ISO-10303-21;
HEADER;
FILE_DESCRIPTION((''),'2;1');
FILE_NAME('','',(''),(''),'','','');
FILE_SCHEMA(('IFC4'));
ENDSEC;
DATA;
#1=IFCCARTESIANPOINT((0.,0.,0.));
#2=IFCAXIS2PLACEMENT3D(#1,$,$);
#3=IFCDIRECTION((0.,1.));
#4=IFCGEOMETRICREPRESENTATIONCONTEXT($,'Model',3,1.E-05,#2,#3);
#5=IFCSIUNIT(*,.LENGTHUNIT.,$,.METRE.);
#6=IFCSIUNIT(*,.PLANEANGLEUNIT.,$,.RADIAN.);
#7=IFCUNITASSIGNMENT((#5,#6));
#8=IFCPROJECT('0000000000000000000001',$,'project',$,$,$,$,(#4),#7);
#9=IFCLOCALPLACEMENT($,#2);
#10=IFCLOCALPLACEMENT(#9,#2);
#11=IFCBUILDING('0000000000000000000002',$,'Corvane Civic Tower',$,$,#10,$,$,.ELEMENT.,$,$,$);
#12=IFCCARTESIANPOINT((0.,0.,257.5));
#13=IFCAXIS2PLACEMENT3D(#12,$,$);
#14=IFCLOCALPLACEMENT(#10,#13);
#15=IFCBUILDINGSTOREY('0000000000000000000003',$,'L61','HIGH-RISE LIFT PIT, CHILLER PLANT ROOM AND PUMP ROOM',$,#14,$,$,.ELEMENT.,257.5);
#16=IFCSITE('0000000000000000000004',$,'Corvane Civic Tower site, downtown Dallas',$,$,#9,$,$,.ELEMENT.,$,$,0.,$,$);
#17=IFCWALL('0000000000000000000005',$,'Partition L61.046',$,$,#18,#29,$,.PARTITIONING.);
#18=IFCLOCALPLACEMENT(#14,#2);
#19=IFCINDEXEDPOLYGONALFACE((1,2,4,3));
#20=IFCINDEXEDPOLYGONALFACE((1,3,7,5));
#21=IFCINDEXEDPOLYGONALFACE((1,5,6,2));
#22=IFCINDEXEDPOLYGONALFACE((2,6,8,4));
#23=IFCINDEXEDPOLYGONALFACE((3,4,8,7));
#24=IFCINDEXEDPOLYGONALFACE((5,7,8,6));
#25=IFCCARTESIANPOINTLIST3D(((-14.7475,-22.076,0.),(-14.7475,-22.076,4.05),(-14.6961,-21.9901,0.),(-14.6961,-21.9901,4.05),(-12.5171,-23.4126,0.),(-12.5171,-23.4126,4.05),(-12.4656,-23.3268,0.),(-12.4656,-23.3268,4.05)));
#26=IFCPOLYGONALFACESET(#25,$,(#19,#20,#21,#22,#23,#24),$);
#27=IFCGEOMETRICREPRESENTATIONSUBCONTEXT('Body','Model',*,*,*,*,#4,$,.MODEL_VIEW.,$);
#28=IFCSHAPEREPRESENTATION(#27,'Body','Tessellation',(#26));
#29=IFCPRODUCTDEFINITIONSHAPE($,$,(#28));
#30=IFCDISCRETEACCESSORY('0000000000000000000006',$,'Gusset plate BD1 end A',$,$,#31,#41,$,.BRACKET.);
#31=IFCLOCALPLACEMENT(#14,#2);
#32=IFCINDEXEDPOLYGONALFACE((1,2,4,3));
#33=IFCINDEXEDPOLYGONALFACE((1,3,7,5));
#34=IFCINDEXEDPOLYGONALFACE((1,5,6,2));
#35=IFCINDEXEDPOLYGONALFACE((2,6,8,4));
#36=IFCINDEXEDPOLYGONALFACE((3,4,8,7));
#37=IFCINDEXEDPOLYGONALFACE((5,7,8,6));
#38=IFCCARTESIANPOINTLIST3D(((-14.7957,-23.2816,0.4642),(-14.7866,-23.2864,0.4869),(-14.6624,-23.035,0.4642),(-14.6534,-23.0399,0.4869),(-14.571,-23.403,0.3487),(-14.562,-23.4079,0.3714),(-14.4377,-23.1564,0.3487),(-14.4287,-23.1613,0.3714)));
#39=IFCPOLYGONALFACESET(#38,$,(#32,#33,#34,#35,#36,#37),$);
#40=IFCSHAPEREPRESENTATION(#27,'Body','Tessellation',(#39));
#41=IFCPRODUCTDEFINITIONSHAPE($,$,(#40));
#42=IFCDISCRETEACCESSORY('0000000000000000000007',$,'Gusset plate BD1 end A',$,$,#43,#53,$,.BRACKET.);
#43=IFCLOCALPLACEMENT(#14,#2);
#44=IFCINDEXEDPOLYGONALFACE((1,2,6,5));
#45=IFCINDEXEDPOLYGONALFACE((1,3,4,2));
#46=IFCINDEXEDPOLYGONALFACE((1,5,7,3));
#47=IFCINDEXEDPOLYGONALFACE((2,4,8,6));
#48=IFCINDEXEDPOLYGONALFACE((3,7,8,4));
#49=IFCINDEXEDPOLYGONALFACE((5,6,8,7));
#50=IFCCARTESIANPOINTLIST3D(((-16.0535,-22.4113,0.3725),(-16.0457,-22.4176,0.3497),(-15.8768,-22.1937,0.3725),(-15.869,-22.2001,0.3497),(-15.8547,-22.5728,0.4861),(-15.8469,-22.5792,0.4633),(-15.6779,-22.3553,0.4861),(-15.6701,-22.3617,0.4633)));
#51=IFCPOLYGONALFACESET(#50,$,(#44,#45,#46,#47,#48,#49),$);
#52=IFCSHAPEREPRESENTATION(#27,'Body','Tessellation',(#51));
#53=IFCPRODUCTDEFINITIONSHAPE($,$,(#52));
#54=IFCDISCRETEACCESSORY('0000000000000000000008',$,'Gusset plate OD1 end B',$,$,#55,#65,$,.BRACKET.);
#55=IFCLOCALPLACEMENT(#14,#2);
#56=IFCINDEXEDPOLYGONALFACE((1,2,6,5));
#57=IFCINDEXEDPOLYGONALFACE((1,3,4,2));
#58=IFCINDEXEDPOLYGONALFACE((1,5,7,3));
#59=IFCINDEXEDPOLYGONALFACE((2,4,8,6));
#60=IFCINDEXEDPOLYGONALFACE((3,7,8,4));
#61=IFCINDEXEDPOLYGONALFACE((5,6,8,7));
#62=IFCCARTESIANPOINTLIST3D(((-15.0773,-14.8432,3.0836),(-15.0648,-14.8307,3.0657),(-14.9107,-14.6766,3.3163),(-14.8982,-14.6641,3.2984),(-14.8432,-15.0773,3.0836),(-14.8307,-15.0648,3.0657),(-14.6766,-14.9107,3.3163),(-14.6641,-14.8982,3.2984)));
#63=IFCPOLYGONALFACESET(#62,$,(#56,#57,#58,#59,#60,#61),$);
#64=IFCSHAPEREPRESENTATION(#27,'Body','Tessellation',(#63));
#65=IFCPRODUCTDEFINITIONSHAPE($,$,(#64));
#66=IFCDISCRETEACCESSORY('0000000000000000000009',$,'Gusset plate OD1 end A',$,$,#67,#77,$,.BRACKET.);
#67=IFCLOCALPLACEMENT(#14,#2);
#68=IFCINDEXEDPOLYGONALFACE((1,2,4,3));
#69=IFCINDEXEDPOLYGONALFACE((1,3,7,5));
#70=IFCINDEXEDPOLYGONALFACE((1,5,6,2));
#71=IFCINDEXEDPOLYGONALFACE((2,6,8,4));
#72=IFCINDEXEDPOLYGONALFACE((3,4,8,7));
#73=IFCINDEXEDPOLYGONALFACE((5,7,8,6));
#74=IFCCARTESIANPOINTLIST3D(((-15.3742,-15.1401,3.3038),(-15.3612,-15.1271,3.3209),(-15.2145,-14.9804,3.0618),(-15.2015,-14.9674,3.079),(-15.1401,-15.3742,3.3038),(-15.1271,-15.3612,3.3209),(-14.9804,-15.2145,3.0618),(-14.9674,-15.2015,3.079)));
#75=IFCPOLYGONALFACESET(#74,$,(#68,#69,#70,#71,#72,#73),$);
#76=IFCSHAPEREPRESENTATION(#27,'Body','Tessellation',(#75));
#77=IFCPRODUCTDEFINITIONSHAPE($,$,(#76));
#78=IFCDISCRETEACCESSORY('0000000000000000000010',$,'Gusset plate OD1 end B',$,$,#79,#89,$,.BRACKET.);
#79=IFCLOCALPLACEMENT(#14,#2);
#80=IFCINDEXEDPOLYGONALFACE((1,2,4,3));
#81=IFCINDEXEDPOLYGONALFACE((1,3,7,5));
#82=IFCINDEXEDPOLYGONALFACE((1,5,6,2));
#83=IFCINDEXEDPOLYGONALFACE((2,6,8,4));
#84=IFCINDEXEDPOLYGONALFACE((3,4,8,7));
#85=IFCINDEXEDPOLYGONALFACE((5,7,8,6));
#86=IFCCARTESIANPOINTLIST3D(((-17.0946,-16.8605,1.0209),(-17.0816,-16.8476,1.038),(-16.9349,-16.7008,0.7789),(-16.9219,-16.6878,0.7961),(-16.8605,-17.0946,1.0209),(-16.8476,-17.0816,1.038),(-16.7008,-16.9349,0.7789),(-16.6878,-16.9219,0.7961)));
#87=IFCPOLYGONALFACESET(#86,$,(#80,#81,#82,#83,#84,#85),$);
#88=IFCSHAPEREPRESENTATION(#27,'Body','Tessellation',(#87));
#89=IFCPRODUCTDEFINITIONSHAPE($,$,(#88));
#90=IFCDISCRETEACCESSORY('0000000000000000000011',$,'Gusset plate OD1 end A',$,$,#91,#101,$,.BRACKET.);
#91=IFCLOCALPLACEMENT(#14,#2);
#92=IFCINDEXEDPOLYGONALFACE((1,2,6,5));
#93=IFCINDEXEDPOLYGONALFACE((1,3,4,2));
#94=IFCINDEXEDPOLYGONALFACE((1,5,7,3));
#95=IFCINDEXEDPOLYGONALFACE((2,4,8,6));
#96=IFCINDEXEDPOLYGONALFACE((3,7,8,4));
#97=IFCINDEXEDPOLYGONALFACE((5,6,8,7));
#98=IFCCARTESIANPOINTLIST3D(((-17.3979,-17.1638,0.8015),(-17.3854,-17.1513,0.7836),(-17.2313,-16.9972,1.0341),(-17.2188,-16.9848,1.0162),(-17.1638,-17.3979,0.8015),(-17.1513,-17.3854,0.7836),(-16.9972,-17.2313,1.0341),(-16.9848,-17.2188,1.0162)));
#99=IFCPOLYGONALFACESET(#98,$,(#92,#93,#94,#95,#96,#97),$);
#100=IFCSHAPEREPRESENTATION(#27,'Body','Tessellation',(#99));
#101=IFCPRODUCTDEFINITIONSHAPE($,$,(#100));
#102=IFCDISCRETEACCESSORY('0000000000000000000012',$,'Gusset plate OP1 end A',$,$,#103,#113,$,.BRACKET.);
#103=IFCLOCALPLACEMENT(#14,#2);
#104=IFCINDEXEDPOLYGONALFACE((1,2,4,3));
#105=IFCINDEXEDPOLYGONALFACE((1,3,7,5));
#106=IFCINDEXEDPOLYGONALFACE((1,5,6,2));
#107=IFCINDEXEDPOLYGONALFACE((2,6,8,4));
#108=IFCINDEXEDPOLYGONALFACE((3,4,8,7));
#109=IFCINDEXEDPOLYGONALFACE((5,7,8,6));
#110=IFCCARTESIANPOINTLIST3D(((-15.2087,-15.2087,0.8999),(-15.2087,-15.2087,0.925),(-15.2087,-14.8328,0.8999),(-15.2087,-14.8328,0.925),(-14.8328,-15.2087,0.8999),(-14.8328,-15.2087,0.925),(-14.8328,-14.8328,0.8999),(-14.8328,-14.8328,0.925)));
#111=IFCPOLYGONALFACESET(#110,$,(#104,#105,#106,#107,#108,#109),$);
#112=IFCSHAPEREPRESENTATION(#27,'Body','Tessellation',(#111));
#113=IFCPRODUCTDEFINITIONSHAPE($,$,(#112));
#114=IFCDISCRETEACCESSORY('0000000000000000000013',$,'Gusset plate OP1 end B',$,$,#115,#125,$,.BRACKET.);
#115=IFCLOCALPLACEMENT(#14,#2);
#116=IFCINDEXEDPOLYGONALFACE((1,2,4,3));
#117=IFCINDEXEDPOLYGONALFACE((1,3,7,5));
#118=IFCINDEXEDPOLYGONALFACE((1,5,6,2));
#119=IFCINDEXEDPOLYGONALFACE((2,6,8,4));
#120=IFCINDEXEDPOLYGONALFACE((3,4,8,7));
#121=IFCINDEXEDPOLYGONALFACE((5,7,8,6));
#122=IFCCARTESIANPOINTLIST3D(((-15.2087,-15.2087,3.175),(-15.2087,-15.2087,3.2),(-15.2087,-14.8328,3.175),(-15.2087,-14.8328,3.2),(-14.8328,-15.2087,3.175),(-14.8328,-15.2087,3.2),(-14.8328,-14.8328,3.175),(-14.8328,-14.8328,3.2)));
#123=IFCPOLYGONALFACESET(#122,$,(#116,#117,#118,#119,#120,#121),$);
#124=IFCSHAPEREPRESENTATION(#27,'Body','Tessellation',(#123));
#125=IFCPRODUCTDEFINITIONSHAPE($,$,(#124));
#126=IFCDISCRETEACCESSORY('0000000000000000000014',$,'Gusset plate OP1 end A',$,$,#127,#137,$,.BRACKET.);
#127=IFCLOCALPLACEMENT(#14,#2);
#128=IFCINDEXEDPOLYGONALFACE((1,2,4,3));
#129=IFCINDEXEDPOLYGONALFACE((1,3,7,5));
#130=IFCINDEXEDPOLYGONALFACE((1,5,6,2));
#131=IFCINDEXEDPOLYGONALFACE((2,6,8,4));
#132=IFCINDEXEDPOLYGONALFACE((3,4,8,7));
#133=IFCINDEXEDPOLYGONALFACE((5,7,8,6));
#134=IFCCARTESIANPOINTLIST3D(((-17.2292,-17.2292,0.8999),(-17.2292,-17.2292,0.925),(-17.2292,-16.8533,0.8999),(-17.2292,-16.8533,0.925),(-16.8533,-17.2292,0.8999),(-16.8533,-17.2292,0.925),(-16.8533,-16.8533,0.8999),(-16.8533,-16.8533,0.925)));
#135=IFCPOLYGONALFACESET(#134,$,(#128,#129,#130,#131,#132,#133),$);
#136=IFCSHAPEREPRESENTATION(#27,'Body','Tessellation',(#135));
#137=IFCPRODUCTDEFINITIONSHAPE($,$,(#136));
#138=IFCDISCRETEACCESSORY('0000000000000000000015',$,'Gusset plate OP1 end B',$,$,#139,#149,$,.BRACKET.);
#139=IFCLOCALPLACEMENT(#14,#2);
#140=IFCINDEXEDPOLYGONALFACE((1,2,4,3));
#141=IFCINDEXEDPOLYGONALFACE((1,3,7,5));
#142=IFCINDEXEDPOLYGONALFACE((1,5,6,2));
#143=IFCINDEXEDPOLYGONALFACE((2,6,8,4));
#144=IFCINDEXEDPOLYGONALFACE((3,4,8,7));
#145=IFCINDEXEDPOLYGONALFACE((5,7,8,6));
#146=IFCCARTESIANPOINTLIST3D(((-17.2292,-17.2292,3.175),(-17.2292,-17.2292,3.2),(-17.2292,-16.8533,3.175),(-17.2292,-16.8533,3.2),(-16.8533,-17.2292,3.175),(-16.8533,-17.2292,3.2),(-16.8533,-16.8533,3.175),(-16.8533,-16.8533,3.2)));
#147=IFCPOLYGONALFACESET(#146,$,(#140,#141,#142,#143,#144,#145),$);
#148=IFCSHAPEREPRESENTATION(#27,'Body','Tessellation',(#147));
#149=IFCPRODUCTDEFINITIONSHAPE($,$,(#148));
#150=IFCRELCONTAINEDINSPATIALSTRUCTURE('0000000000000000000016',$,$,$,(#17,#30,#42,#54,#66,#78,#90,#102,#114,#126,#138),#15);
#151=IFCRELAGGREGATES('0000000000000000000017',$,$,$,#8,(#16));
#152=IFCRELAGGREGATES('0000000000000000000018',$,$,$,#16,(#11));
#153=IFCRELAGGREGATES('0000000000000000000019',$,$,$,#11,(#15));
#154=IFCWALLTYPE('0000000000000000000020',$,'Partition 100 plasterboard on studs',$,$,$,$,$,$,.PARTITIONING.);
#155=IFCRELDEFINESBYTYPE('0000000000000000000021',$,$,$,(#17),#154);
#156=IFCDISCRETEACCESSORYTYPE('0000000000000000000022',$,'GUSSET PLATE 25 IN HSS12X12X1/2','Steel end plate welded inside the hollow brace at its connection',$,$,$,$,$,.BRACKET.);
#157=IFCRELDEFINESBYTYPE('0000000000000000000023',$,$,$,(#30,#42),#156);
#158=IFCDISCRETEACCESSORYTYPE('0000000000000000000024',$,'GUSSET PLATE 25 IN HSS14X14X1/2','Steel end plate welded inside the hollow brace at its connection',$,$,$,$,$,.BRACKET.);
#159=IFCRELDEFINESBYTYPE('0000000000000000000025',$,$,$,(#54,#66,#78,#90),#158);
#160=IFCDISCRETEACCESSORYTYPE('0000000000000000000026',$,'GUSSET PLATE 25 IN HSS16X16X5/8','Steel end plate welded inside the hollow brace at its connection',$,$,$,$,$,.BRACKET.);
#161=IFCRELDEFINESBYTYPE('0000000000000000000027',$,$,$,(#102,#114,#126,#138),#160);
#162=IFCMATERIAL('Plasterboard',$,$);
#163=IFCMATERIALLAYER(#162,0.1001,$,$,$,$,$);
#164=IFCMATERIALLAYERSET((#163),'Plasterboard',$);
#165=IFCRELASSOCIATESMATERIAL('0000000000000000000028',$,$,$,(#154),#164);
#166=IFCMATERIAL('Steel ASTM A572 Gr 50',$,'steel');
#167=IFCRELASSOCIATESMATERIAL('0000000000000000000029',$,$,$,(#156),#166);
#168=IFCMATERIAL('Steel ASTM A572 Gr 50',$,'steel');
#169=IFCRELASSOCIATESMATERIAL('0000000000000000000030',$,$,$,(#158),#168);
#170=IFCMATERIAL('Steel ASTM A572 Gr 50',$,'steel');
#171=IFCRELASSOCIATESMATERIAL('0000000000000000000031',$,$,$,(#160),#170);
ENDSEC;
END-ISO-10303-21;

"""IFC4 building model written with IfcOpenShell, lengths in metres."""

from ifc_helpers import new_model, si_unit, direction, frame, frame_2d, origin, origin_2d, place, context, subcontext, project, spatial, rectangle, extrude, material, layer, layer_set, material_profile, profile_set, type_object, element, save


model = new_model("IFC4")

# Units and contexts
model_context = context("Model", 3, precision=1e-05, world=origin(), true_north=direction((0.0, 1.0)))
body_context = subcontext(model_context, "Body", "Model", "MODEL_VIEW")
ifc_project = project(units=[si_unit("LENGTHUNIT", "METRE"), si_unit("PLANEANGLEUNIT", "RADIAN")], contexts=[model_context])

# Site, building, storey
site_placement = place(None, origin())
site = spatial("IfcSite", under=ifc_project, at=site_placement, Name="Corvane Civic Tower site, downtown Dallas", CompositionType="ELEMENT", RefElevation=0.0)
building_placement = place(site_placement, origin())
building = spatial("IfcBuilding", under=site, at=building_placement, Name="Corvane Civic Tower", CompositionType="ELEMENT")
storey_placement = place(building_placement, frame((0.0, 0.0, 257.5)))
storey = spatial("IfcBuildingStorey", under=building, at=storey_placement, Name="L61", Description="HIGH-RISE LIFT PIT, CHILLER PLANT ROOM AND PUMP ROOM", CompositionType="ELEMENT", Elevation=257.5)

# Wall
ifc_material_1 = material(Name="Plasterboard")
ifc_layer = layer(ifc_material_1, 0.1001)
ifc_layer_set = layer_set([ifc_layer], Name="Plasterboard")
wall_type = type_object("IfcWallType", Name="Partition 100 plasterboard on studs", PredefinedType="PARTITIONING", material=ifc_layer_set)
for number, where, z_axis, x_axis, name in (
    (1, (-14.7219, -22.033, 0.0), (0.0, 0.0, 1.0), (0.857766, -0.51404, 0.0), "Partition L61.046"),
):
    element("IfcWall", number, at=place(storey_placement, frame(where, z_axis=z_axis, x_axis=x_axis)), inside=storey, type_object=wall_type, Name=name, PredefinedType="PARTITIONING", context=body_context, shape_type="SweptSolid", body=[
        extrude(rectangle(XDim=2.6003, YDim=0.1001, at=frame_2d((1.3003, 0.0))), origin(), (0.0, 0.0, 1.0), 4.05),
    ])

# Discrete accessories
ifc_material_2 = material(Name="Steel ASTM A572 Gr 50", Category="steel")
ifc_material_profile_1 = material_profile(ifc_material_2, rectangle(XDim=0.2803, YDim=0.2803, at=origin_2d()), Name="GUSSET PLATE 25 IN HSS12X12X1/2")
ifc_profile_set_1 = profile_set([ifc_material_profile_1], Name="Steel ASTM A572 Gr 50")
discrete_accessory_type_1 = type_object("IfcDiscreteAccessoryType", Name="GUSSET PLATE 25 IN HSS12X12X1/2", Description="Steel end plate welded inside the hollow brace at its connection", PredefinedType="BRACKET", material=ifc_profile_set_1)
for number, where, z_axis, x_axis, name in (
    (2, (-14.6167, -23.219, 0.4065), (0.362501, -0.195947, 0.911152), (0.475517, 0.879707, 0.0), "Gusset plate BD1 end A"),
    (3, (-15.8579, -22.3896, 0.4065), (-0.314558, 0.255578, 0.914184), (-0.630593, -0.776114, 0.0), "Gusset plate BD1 end A"),
):
    element("IfcDiscreteAccessory", number, at=place(storey_placement, frame(where, z_axis=z_axis, x_axis=x_axis)), inside=storey, type_object=discrete_accessory_type_1, Name=name, PredefinedType="BRACKET", context=body_context, shape_type="SweptSolid", body=[
        extrude(rectangle(XDim=0.2803, YDim=0.2803, at=origin_2d()), origin(), (0.0, 0.0, 1.0), 0.0249),
    ])
ifc_material_3 = material(Name="Steel ASTM A572 Gr 50", Category="steel")
ifc_material_profile_2 = material_profile(ifc_material_3, rectangle(XDim=0.3311, YDim=0.3311, at=origin_2d()), Name="GUSSET PLATE 25 IN HSS14X14X1/2")
ifc_profile_set_2 = profile_set([ifc_material_profile_2], Name="Steel ASTM A572 Gr 50")
discrete_accessory_type_2 = type_object("IfcDiscreteAccessoryType", Name="GUSSET PLATE 25 IN HSS14X14X1/2", Description="Steel end plate welded inside the hollow brace at its connection", PredefinedType="BRACKET", material=ifc_profile_set_2)
for number, where, z_axis, x_axis, name in (
    (4, (-14.877, -14.877, 3.2), (0.496976, 0.496976, -0.711358), (-0.707107, 0.707107, 0.0), "Gusset plate OD1 end B"),
    (5, (-15.1643, -15.1643, 3.2), (-0.516784, -0.516784, -0.682545), (0.707107, -0.707107, 0.0), "Gusset plate OD1 end A"),
    (6, (-16.8977, -16.8977, 0.8999), (0.516784, 0.516784, 0.682545), (-0.707107, 0.707107, 0.0), "Gusset plate OD1 end B"),
    (7, (-17.1851, -17.1851, 0.8999), (-0.496976, -0.496976, 0.711358), (0.707107, -0.707107, 0.0), "Gusset plate OD1 end A"),
):
    element("IfcDiscreteAccessory", number, at=place(storey_placement, frame(where, z_axis=z_axis, x_axis=x_axis)), inside=storey, type_object=discrete_accessory_type_2, Name=name, PredefinedType="BRACKET", context=body_context, shape_type="SweptSolid", body=[
        extrude(rectangle(XDim=0.3311, YDim=0.3311, at=origin_2d()), origin(), (0.0, 0.0, 1.0), 0.0251),
    ])
ifc_material_4 = material(Name="Steel ASTM A572 Gr 50", Category="steel")
ifc_material_profile_3 = material_profile(ifc_material_4, rectangle(XDim=0.376, YDim=0.376, at=origin_2d()), Name="GUSSET PLATE 25 IN HSS16X16X5/8")
ifc_profile_set_3 = profile_set([ifc_material_profile_3], Name="Steel ASTM A572 Gr 50")
discrete_accessory_type_3 = type_object("IfcDiscreteAccessoryType", Name="GUSSET PLATE 25 IN HSS16X16X5/8", Description="Steel end plate welded inside the hollow brace at its connection", PredefinedType="BRACKET", material=ifc_profile_set_3)
discrete_accessory_1_placement = place(storey_placement, frame((-15.0208, -15.0208, 0.8999), z_axis=(0.0, 0.0, 1.0), x_axis=(1.0, 0.0, 0.0)))
element("IfcDiscreteAccessory", 8, at=discrete_accessory_1_placement, inside=storey, type_object=discrete_accessory_type_3, Name="Gusset plate OP1 end A", PredefinedType="BRACKET", context=body_context, shape_type="SweptSolid", body=[
    extrude(rectangle(XDim=0.376, YDim=0.376, at=origin_2d()), origin(), (0.0, 0.0, 1.0), 0.0251),
])
discrete_accessory_2_placement = place(storey_placement, frame((-15.0208, -15.0208, 3.2), z_axis=(0.0, 0.0, -1.0), x_axis=(1.0, 0.0, 0.0)))
element("IfcDiscreteAccessory", 9, at=discrete_accessory_2_placement, inside=storey, type_object=discrete_accessory_type_3, Name="Gusset plate OP1 end B", PredefinedType="BRACKET", context=body_context, shape_type="SweptSolid", body=[
    extrude(rectangle(XDim=0.376, YDim=0.376, at=origin_2d()), origin(), (0.0, 0.0, 1.0), 0.0249),
])
discrete_accessory_3_placement = place(storey_placement, frame((-17.0413, -17.0413, 0.8999), z_axis=(0.0, 0.0, 1.0), x_axis=(1.0, 0.0, 0.0)))
element("IfcDiscreteAccessory", 10, at=discrete_accessory_3_placement, inside=storey, type_object=discrete_accessory_type_3, Name="Gusset plate OP1 end A", PredefinedType="BRACKET", context=body_context, shape_type="SweptSolid", body=[
    extrude(rectangle(XDim=0.376, YDim=0.376, at=origin_2d()), origin(), (0.0, 0.0, 1.0), 0.0251),
])
discrete_accessory_4_placement = place(storey_placement, frame((-17.0413, -17.0413, 3.2), z_axis=(0.0, 0.0, -1.0), x_axis=(1.0, 0.0, 0.0)))
element("IfcDiscreteAccessory", 11, at=discrete_accessory_4_placement, inside=storey, type_object=discrete_accessory_type_3, Name="Gusset plate OP1 end B", PredefinedType="BRACKET", context=body_context, shape_type="SweptSolid", body=[
    extrude(rectangle(XDim=0.376, YDim=0.376, at=origin_2d()), origin(), (0.0, 0.0, 1.0), 0.0249),
])

save(model, "model.ifc")
